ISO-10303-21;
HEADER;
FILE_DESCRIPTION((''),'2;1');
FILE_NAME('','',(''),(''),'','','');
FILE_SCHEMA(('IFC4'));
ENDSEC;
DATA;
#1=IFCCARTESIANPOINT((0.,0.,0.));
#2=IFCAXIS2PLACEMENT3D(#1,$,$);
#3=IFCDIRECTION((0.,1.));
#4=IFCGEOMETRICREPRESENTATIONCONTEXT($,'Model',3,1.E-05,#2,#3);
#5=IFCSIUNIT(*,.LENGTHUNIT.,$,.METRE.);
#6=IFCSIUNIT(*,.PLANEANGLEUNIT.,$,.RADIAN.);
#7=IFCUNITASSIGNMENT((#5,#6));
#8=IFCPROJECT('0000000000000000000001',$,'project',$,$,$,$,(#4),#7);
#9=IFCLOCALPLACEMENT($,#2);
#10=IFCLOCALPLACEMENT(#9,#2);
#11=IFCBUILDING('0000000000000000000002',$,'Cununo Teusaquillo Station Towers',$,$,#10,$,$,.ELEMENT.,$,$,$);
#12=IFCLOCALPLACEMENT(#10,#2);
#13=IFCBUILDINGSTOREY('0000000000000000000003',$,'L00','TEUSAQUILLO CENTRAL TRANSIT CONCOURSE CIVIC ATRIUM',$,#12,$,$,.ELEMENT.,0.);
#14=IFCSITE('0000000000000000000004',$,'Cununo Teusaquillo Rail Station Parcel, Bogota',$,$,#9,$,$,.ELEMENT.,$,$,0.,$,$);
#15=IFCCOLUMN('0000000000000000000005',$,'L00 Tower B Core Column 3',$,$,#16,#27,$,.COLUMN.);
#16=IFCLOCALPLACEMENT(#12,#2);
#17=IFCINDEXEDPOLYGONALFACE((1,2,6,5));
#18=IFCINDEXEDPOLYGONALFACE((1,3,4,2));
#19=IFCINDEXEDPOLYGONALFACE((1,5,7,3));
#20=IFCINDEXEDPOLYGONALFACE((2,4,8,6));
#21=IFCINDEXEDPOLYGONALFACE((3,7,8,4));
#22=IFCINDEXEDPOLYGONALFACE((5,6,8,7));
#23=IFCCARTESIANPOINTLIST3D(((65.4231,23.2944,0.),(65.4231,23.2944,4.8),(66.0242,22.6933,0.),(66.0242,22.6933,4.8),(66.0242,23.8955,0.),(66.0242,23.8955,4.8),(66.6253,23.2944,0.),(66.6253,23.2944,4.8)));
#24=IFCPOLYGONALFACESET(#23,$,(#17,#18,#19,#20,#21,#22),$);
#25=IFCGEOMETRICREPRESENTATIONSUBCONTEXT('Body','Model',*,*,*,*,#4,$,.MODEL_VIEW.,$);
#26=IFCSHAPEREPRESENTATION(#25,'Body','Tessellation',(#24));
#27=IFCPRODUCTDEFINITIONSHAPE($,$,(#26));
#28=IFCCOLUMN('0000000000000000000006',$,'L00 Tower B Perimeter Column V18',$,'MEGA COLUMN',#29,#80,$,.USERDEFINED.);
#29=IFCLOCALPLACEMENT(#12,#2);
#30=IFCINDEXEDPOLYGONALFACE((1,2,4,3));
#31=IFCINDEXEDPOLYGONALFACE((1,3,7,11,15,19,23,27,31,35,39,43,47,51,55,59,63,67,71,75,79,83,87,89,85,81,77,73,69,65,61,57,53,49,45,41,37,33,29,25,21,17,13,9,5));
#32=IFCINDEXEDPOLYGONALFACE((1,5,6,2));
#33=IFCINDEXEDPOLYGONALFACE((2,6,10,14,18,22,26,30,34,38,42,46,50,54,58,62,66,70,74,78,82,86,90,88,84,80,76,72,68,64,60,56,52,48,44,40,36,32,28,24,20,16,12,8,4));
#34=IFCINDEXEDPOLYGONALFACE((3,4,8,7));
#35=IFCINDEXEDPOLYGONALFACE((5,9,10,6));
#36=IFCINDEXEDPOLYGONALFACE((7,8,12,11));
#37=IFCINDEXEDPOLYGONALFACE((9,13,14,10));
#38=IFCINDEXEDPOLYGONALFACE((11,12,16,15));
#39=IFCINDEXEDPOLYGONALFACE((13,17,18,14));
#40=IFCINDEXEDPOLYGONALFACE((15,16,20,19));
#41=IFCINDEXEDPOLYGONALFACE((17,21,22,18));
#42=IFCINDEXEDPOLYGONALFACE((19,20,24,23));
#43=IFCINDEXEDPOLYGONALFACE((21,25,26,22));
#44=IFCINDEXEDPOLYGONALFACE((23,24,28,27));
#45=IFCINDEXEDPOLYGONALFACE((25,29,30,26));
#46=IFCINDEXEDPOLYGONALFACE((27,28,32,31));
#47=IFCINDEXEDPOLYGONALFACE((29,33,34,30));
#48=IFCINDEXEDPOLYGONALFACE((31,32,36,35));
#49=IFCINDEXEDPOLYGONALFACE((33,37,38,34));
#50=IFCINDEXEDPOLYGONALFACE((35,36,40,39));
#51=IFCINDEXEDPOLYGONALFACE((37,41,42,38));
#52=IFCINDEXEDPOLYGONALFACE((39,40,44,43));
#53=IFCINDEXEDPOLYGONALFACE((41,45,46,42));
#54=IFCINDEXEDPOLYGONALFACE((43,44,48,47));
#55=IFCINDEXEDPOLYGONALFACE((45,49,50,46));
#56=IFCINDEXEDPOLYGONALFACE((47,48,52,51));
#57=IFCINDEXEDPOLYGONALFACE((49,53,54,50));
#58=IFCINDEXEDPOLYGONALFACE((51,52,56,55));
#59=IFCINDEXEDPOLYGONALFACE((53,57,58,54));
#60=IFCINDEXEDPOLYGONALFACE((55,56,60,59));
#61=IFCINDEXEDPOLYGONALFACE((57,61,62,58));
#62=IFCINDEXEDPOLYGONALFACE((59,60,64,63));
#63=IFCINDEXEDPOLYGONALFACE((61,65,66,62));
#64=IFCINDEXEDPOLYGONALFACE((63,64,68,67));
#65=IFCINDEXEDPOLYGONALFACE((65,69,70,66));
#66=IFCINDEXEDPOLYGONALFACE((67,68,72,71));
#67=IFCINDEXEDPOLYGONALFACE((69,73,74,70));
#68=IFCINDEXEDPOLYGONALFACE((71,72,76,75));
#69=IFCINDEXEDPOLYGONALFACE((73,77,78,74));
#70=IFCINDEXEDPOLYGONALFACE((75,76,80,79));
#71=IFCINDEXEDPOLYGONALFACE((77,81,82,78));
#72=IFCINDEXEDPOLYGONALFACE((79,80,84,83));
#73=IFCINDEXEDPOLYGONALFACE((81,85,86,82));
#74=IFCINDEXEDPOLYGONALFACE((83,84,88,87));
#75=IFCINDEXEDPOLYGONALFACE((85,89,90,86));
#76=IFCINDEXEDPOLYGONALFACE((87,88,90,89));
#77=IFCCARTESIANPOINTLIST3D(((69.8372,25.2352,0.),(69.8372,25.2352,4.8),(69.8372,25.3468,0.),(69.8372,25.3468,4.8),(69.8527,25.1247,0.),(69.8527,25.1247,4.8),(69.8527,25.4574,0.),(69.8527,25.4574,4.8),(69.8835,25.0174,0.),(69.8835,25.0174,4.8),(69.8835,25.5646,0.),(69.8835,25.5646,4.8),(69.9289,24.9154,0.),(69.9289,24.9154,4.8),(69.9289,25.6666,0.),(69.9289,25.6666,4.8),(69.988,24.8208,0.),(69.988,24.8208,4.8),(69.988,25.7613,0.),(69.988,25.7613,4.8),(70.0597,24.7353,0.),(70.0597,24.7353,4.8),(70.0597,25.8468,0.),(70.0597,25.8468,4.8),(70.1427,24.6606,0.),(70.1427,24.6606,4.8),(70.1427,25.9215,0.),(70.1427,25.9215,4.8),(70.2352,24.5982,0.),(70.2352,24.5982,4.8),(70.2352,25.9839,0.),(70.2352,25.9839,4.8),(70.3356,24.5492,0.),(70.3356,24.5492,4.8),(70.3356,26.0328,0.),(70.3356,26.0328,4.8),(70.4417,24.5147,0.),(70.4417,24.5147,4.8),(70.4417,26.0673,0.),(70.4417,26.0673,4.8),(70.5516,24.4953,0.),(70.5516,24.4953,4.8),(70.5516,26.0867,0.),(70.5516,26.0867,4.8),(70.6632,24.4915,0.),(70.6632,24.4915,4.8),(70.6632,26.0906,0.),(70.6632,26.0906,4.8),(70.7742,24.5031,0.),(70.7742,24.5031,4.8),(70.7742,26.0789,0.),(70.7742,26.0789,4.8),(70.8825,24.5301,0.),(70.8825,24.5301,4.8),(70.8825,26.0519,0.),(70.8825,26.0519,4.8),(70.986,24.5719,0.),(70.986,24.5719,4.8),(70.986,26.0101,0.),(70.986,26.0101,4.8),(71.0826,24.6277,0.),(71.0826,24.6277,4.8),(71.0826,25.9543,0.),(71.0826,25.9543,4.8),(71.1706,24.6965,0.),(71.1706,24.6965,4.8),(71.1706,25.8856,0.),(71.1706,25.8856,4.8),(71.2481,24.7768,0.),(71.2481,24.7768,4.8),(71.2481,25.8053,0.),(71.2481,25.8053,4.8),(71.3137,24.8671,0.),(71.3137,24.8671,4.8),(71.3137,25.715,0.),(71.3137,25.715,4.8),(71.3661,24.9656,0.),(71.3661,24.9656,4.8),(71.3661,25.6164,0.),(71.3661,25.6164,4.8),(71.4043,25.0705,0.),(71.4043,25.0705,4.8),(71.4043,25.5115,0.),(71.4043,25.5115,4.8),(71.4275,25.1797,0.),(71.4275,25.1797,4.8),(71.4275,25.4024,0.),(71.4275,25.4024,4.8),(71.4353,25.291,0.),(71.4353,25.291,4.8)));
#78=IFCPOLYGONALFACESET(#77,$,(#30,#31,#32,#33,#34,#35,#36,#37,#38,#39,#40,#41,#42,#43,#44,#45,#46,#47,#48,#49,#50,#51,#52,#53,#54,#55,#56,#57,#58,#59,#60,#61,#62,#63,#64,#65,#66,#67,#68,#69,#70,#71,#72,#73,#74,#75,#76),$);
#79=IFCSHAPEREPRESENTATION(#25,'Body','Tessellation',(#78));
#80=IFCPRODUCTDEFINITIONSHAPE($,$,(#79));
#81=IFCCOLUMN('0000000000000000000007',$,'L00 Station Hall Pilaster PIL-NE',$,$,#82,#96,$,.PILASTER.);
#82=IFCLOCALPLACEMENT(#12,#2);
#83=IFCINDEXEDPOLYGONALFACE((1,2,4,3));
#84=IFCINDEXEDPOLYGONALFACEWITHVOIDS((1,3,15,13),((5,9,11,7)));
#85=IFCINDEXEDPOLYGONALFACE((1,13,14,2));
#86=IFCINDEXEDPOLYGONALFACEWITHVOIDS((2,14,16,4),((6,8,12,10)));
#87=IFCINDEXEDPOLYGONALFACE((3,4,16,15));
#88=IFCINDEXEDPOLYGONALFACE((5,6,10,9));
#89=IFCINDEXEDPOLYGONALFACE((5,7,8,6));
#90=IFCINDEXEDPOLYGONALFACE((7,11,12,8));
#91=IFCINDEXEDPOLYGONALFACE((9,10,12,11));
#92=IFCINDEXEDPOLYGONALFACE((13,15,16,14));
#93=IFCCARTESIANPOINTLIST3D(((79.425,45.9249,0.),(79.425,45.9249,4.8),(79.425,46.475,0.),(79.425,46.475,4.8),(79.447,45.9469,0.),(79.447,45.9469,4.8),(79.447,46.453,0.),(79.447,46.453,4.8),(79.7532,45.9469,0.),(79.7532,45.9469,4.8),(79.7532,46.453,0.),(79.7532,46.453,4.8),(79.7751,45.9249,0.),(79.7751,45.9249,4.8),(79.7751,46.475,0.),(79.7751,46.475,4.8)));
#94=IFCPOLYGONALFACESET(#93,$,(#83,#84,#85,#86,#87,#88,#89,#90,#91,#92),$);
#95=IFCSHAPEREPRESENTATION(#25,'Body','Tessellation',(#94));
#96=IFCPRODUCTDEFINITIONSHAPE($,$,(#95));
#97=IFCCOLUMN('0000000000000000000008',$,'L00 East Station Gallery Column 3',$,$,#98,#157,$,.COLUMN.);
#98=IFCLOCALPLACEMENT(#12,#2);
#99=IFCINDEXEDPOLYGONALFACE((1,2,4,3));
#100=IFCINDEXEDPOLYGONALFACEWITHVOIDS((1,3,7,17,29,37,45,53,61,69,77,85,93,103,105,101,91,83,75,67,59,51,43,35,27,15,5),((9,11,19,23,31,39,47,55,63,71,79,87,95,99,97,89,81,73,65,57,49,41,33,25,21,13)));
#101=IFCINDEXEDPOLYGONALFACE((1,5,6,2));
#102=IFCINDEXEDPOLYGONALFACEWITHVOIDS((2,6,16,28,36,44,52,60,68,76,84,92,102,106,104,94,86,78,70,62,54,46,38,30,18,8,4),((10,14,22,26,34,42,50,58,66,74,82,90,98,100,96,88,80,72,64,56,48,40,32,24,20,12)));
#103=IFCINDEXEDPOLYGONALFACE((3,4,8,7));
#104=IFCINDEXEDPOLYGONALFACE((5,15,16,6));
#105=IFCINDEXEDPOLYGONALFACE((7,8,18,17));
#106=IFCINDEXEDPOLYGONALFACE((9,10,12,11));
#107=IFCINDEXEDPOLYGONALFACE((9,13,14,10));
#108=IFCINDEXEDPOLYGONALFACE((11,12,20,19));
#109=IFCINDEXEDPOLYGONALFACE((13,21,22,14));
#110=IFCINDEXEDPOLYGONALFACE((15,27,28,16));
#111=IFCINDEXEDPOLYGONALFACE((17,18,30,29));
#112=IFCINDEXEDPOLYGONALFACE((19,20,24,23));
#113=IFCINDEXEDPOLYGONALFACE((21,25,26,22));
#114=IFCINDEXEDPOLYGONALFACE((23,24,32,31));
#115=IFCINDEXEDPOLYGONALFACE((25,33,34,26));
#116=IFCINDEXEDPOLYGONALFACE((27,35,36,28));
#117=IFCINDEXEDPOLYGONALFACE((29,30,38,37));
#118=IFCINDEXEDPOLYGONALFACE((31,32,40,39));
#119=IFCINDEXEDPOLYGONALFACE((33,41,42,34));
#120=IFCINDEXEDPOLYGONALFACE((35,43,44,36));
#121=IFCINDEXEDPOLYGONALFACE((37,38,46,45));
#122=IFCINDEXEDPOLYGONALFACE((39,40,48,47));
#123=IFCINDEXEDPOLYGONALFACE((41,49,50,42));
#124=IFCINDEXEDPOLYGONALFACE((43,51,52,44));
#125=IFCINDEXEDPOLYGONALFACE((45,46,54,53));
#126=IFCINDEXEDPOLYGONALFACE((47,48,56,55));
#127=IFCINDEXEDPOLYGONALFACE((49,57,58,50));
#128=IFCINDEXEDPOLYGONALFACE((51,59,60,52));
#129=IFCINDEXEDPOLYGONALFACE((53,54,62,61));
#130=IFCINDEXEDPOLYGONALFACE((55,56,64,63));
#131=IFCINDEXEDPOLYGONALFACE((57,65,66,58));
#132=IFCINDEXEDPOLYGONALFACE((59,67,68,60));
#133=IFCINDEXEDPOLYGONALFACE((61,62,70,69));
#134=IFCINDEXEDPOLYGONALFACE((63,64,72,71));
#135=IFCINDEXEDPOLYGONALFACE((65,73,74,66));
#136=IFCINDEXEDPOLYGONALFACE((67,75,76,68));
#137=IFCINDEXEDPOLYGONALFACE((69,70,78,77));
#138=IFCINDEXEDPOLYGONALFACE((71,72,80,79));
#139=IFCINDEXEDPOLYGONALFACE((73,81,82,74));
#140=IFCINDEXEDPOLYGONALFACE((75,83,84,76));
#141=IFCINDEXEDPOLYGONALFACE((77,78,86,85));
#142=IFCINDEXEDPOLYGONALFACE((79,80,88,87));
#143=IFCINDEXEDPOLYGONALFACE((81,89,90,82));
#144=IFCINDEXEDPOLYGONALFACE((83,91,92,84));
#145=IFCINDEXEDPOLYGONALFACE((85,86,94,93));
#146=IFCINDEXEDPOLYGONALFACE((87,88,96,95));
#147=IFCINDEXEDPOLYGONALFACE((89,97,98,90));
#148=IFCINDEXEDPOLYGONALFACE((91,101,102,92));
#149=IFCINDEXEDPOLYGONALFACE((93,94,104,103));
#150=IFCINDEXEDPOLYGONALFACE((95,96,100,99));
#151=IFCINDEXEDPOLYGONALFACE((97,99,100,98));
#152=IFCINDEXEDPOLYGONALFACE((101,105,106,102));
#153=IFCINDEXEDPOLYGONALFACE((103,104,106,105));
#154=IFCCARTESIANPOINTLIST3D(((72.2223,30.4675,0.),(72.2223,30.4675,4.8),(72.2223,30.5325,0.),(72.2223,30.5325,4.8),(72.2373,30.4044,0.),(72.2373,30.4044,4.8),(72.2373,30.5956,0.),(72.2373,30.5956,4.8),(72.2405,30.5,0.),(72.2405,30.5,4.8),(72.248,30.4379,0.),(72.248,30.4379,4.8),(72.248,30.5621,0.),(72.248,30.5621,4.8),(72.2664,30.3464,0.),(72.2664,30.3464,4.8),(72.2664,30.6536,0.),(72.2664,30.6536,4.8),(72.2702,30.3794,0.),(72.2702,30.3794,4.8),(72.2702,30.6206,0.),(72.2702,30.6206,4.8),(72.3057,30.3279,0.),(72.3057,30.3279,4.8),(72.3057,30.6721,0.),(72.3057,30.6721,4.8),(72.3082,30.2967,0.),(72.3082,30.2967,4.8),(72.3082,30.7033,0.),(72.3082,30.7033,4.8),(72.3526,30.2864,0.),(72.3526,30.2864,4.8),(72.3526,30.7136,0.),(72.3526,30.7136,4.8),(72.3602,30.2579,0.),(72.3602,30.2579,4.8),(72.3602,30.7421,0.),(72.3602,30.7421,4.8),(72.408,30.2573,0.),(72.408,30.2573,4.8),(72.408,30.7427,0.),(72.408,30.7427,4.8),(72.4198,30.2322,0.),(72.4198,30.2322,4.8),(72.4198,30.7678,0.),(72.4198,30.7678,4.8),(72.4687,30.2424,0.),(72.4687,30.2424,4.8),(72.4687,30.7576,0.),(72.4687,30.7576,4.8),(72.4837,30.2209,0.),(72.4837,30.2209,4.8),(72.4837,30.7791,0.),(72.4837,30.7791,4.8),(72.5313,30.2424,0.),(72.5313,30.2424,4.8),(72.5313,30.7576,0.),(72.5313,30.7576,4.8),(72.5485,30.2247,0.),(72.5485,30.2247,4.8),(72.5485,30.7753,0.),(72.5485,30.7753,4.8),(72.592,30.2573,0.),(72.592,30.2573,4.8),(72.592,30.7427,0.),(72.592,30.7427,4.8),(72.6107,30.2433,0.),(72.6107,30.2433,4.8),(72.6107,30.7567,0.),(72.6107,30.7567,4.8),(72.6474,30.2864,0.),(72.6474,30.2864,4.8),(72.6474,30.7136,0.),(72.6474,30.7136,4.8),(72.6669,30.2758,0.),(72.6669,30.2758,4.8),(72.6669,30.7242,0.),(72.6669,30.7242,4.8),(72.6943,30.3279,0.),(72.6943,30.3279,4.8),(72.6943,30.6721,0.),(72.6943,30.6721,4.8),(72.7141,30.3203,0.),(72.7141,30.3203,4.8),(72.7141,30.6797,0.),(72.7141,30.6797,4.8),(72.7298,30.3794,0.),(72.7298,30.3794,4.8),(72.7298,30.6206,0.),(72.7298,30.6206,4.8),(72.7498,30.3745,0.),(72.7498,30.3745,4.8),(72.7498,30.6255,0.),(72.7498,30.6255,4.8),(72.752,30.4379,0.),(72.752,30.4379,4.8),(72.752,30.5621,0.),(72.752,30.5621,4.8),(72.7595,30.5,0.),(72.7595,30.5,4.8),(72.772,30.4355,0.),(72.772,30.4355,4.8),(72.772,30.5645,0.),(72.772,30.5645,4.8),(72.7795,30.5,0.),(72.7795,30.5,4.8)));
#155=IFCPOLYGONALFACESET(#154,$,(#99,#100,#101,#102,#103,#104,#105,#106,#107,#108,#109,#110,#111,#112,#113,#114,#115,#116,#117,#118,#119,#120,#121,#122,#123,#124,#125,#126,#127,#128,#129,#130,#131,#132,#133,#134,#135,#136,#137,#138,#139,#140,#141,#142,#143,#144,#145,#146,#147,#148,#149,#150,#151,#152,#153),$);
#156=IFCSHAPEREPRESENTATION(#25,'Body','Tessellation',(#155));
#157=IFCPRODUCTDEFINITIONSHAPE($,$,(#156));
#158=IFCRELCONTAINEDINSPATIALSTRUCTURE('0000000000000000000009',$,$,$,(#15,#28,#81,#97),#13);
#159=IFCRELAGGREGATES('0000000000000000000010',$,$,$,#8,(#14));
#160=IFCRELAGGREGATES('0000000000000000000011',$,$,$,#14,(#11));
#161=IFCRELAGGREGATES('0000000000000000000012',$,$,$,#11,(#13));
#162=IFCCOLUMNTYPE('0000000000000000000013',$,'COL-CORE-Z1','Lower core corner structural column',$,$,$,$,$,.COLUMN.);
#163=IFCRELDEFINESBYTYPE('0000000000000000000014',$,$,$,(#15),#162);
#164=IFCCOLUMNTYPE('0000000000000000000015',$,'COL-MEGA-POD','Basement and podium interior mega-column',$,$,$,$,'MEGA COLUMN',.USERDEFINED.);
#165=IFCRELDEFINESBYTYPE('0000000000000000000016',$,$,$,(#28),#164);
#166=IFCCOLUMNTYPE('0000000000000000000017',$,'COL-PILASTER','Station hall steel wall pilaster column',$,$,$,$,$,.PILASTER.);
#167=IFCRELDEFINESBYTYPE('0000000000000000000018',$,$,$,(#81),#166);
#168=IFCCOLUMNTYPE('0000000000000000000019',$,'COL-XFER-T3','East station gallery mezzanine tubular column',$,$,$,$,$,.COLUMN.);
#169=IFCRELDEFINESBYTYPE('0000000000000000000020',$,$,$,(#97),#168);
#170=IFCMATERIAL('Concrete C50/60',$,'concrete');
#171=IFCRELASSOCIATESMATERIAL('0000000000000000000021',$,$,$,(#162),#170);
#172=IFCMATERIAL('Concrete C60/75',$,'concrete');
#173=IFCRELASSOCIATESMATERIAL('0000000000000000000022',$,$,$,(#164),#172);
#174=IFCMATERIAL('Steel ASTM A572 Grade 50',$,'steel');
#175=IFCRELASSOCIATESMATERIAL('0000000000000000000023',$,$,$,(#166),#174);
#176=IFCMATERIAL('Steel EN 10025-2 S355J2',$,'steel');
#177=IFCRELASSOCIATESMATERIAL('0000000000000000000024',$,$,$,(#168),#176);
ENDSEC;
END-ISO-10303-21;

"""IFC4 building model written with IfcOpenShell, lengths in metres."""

from ifc_helpers import new_model, si_unit, direction, frame, origin, origin_2d, place, context, subcontext, project, spatial, rectangle, hollow_rectangle, circle, hollow_circle, extrude, material, material_profile, profile_set, type_object, element, save


model = new_model("IFC4")

# Units and contexts
model_context = context("Model", 3, precision=1e-05, world=origin(), true_north=direction((0.0, 1.0)))
body_context = subcontext(model_context, "Body", "Model", "MODEL_VIEW")
ifc_project = project(units=[si_unit("LENGTHUNIT", "METRE"), si_unit("PLANEANGLEUNIT", "RADIAN")], contexts=[model_context])

# Site, building, storey
site_placement = place(None, origin())
site = spatial("IfcSite", under=ifc_project, at=site_placement, Name="Cununo Teusaquillo Rail Station Parcel, Bogota", CompositionType="ELEMENT", RefElevation=0.0)
building_placement = place(site_placement, origin())
building = spatial("IfcBuilding", under=site, at=building_placement, Name="Cununo Teusaquillo Station Towers", CompositionType="ELEMENT")
storey_placement = place(building_placement, origin())
storey = spatial("IfcBuildingStorey", under=building, at=storey_placement, Name="L00", Description="TEUSAQUILLO CENTRAL TRANSIT CONCOURSE CIVIC ATRIUM", CompositionType="ELEMENT", Elevation=0.0)

# Columns
ifc_material_1 = material(Name="Concrete C50/60", Category="concrete")
ifc_material_profile_1 = material_profile(ifc_material_1, rectangle(XDim=0.8501, YDim=0.8501, at=origin_2d()), Name="RC-RECT-850x850")
ifc_profile_set_1 = profile_set([ifc_material_profile_1], Name="Concrete C50/60")
column_type_1 = type_object("IfcColumnType", Name="COL-CORE-Z1", Description="Lower core corner structural column", PredefinedType="COLUMN", material=ifc_profile_set_1)
column_1_placement = place(storey_placement, frame((66.0242, 23.2944, 0.0), z_axis=(0.0, 0.0, 1.0), x_axis=(0.707107, 0.707107, 0.0)))
element("IfcColumn", 1, at=column_1_placement, inside=storey, type_object=column_type_1, Name="L00 Tower B Core Column 3", PredefinedType="COLUMN", context=body_context, shape_type="SweptSolid", body=[
    extrude(rectangle(XDim=0.8501, YDim=0.8501, at=origin_2d()), origin(), (0.0, 0.0, 1.0), 4.8),
])
ifc_material_2 = material(Name="Concrete C60/75", Category="concrete")
ifc_material_profile_2 = material_profile(ifc_material_2, circle(Radius=0.8, at=origin_2d()), Name="RC-CIRC-1600")
ifc_profile_set_2 = profile_set([ifc_material_profile_2], Name="Concrete C60/75")
column_type_2 = type_object("IfcColumnType", Name="COL-MEGA-POD", Description="Basement and podium interior mega-column", ElementType="MEGA COLUMN", PredefinedType="USERDEFINED", material=ifc_profile_set_2)
column_2_placement = place(storey_placement, frame((70.6353, 25.291, 0.0), z_axis=(0.0, 0.0, 1.0), x_axis=(1.0, 0.0, 0.0)))
element("IfcColumn", 2, at=column_2_placement, inside=storey, type_object=column_type_2, Name="L00 Tower B Perimeter Column V18", ObjectType="MEGA COLUMN", PredefinedType="USERDEFINED", context=body_context, shape_type="SweptSolid", body=[
    extrude(circle(Radius=0.8, at=origin_2d()), origin(), (0.0, 0.0, 1.0), 4.8),
])
ifc_material_3 = material(Name="Steel ASTM A572 Grade 50", Category="steel")
ifc_material_profile_3 = material_profile(ifc_material_3, hollow_rectangle(XDim=0.3501, YDim=0.55, WallThickness=0.022, at=origin_2d()), Name="RHS 550x350x22")
ifc_profile_set_3 = profile_set([ifc_material_profile_3], Name="Steel ASTM A572 Grade 50")
column_type_3 = type_object("IfcColumnType", Name="COL-PILASTER", Description="Station hall steel wall pilaster column", PredefinedType="PILASTER", material=ifc_profile_set_3)
column_3_placement = place(storey_placement, frame((79.6001, 46.2, 0.0), z_axis=(0.0, 0.0, 1.0), x_axis=(1.0, 0.0, 0.0)))
element("IfcColumn", 3, at=column_3_placement, inside=storey, type_object=column_type_3, Name="L00 Station Hall Pilaster PIL-NE", PredefinedType="PILASTER", context=body_context, shape_type="SweptSolid", body=[
    extrude(hollow_rectangle(XDim=0.3501, YDim=0.55, WallThickness=0.022, at=origin_2d()), origin(), (0.0, 0.0, 1.0), 4.8),
])
ifc_material_4 = material(Name="Steel EN 10025-2 S355J2", Category="steel")
ifc_material_profile_4 = material_profile(ifc_material_4, hollow_circle(Radius=0.2795, WallThickness=0.02, at=origin_2d()), Name="CHS 559x20")
ifc_profile_set_4 = profile_set([ifc_material_profile_4], Name="Steel EN 10025-2 S355J2")
column_type_4 = type_object("IfcColumnType", Name="COL-XFER-T3", Description="East station gallery mezzanine tubular column", PredefinedType="COLUMN", material=ifc_profile_set_4)
for number, where, z_axis, x_axis, name in (
    (4, (72.5, 30.5, 0.0), (0.0, 0.0, 1.0), (1.0, 0.0, 0.0), "L00 East Station Gallery Column 3"),
):
    element("IfcColumn", number, at=place(storey_placement, frame(where, z_axis=z_axis, x_axis=x_axis)), inside=storey, type_object=column_type_4, Name=name, PredefinedType="COLUMN", context=body_context, shape_type="SweptSolid", body=[
        extrude(hollow_circle(Radius=0.2795, WallThickness=0.02, at=origin_2d()), origin(), (0.0, 0.0, 1.0), 4.8),
    ])

save(model, "model.ifc")
